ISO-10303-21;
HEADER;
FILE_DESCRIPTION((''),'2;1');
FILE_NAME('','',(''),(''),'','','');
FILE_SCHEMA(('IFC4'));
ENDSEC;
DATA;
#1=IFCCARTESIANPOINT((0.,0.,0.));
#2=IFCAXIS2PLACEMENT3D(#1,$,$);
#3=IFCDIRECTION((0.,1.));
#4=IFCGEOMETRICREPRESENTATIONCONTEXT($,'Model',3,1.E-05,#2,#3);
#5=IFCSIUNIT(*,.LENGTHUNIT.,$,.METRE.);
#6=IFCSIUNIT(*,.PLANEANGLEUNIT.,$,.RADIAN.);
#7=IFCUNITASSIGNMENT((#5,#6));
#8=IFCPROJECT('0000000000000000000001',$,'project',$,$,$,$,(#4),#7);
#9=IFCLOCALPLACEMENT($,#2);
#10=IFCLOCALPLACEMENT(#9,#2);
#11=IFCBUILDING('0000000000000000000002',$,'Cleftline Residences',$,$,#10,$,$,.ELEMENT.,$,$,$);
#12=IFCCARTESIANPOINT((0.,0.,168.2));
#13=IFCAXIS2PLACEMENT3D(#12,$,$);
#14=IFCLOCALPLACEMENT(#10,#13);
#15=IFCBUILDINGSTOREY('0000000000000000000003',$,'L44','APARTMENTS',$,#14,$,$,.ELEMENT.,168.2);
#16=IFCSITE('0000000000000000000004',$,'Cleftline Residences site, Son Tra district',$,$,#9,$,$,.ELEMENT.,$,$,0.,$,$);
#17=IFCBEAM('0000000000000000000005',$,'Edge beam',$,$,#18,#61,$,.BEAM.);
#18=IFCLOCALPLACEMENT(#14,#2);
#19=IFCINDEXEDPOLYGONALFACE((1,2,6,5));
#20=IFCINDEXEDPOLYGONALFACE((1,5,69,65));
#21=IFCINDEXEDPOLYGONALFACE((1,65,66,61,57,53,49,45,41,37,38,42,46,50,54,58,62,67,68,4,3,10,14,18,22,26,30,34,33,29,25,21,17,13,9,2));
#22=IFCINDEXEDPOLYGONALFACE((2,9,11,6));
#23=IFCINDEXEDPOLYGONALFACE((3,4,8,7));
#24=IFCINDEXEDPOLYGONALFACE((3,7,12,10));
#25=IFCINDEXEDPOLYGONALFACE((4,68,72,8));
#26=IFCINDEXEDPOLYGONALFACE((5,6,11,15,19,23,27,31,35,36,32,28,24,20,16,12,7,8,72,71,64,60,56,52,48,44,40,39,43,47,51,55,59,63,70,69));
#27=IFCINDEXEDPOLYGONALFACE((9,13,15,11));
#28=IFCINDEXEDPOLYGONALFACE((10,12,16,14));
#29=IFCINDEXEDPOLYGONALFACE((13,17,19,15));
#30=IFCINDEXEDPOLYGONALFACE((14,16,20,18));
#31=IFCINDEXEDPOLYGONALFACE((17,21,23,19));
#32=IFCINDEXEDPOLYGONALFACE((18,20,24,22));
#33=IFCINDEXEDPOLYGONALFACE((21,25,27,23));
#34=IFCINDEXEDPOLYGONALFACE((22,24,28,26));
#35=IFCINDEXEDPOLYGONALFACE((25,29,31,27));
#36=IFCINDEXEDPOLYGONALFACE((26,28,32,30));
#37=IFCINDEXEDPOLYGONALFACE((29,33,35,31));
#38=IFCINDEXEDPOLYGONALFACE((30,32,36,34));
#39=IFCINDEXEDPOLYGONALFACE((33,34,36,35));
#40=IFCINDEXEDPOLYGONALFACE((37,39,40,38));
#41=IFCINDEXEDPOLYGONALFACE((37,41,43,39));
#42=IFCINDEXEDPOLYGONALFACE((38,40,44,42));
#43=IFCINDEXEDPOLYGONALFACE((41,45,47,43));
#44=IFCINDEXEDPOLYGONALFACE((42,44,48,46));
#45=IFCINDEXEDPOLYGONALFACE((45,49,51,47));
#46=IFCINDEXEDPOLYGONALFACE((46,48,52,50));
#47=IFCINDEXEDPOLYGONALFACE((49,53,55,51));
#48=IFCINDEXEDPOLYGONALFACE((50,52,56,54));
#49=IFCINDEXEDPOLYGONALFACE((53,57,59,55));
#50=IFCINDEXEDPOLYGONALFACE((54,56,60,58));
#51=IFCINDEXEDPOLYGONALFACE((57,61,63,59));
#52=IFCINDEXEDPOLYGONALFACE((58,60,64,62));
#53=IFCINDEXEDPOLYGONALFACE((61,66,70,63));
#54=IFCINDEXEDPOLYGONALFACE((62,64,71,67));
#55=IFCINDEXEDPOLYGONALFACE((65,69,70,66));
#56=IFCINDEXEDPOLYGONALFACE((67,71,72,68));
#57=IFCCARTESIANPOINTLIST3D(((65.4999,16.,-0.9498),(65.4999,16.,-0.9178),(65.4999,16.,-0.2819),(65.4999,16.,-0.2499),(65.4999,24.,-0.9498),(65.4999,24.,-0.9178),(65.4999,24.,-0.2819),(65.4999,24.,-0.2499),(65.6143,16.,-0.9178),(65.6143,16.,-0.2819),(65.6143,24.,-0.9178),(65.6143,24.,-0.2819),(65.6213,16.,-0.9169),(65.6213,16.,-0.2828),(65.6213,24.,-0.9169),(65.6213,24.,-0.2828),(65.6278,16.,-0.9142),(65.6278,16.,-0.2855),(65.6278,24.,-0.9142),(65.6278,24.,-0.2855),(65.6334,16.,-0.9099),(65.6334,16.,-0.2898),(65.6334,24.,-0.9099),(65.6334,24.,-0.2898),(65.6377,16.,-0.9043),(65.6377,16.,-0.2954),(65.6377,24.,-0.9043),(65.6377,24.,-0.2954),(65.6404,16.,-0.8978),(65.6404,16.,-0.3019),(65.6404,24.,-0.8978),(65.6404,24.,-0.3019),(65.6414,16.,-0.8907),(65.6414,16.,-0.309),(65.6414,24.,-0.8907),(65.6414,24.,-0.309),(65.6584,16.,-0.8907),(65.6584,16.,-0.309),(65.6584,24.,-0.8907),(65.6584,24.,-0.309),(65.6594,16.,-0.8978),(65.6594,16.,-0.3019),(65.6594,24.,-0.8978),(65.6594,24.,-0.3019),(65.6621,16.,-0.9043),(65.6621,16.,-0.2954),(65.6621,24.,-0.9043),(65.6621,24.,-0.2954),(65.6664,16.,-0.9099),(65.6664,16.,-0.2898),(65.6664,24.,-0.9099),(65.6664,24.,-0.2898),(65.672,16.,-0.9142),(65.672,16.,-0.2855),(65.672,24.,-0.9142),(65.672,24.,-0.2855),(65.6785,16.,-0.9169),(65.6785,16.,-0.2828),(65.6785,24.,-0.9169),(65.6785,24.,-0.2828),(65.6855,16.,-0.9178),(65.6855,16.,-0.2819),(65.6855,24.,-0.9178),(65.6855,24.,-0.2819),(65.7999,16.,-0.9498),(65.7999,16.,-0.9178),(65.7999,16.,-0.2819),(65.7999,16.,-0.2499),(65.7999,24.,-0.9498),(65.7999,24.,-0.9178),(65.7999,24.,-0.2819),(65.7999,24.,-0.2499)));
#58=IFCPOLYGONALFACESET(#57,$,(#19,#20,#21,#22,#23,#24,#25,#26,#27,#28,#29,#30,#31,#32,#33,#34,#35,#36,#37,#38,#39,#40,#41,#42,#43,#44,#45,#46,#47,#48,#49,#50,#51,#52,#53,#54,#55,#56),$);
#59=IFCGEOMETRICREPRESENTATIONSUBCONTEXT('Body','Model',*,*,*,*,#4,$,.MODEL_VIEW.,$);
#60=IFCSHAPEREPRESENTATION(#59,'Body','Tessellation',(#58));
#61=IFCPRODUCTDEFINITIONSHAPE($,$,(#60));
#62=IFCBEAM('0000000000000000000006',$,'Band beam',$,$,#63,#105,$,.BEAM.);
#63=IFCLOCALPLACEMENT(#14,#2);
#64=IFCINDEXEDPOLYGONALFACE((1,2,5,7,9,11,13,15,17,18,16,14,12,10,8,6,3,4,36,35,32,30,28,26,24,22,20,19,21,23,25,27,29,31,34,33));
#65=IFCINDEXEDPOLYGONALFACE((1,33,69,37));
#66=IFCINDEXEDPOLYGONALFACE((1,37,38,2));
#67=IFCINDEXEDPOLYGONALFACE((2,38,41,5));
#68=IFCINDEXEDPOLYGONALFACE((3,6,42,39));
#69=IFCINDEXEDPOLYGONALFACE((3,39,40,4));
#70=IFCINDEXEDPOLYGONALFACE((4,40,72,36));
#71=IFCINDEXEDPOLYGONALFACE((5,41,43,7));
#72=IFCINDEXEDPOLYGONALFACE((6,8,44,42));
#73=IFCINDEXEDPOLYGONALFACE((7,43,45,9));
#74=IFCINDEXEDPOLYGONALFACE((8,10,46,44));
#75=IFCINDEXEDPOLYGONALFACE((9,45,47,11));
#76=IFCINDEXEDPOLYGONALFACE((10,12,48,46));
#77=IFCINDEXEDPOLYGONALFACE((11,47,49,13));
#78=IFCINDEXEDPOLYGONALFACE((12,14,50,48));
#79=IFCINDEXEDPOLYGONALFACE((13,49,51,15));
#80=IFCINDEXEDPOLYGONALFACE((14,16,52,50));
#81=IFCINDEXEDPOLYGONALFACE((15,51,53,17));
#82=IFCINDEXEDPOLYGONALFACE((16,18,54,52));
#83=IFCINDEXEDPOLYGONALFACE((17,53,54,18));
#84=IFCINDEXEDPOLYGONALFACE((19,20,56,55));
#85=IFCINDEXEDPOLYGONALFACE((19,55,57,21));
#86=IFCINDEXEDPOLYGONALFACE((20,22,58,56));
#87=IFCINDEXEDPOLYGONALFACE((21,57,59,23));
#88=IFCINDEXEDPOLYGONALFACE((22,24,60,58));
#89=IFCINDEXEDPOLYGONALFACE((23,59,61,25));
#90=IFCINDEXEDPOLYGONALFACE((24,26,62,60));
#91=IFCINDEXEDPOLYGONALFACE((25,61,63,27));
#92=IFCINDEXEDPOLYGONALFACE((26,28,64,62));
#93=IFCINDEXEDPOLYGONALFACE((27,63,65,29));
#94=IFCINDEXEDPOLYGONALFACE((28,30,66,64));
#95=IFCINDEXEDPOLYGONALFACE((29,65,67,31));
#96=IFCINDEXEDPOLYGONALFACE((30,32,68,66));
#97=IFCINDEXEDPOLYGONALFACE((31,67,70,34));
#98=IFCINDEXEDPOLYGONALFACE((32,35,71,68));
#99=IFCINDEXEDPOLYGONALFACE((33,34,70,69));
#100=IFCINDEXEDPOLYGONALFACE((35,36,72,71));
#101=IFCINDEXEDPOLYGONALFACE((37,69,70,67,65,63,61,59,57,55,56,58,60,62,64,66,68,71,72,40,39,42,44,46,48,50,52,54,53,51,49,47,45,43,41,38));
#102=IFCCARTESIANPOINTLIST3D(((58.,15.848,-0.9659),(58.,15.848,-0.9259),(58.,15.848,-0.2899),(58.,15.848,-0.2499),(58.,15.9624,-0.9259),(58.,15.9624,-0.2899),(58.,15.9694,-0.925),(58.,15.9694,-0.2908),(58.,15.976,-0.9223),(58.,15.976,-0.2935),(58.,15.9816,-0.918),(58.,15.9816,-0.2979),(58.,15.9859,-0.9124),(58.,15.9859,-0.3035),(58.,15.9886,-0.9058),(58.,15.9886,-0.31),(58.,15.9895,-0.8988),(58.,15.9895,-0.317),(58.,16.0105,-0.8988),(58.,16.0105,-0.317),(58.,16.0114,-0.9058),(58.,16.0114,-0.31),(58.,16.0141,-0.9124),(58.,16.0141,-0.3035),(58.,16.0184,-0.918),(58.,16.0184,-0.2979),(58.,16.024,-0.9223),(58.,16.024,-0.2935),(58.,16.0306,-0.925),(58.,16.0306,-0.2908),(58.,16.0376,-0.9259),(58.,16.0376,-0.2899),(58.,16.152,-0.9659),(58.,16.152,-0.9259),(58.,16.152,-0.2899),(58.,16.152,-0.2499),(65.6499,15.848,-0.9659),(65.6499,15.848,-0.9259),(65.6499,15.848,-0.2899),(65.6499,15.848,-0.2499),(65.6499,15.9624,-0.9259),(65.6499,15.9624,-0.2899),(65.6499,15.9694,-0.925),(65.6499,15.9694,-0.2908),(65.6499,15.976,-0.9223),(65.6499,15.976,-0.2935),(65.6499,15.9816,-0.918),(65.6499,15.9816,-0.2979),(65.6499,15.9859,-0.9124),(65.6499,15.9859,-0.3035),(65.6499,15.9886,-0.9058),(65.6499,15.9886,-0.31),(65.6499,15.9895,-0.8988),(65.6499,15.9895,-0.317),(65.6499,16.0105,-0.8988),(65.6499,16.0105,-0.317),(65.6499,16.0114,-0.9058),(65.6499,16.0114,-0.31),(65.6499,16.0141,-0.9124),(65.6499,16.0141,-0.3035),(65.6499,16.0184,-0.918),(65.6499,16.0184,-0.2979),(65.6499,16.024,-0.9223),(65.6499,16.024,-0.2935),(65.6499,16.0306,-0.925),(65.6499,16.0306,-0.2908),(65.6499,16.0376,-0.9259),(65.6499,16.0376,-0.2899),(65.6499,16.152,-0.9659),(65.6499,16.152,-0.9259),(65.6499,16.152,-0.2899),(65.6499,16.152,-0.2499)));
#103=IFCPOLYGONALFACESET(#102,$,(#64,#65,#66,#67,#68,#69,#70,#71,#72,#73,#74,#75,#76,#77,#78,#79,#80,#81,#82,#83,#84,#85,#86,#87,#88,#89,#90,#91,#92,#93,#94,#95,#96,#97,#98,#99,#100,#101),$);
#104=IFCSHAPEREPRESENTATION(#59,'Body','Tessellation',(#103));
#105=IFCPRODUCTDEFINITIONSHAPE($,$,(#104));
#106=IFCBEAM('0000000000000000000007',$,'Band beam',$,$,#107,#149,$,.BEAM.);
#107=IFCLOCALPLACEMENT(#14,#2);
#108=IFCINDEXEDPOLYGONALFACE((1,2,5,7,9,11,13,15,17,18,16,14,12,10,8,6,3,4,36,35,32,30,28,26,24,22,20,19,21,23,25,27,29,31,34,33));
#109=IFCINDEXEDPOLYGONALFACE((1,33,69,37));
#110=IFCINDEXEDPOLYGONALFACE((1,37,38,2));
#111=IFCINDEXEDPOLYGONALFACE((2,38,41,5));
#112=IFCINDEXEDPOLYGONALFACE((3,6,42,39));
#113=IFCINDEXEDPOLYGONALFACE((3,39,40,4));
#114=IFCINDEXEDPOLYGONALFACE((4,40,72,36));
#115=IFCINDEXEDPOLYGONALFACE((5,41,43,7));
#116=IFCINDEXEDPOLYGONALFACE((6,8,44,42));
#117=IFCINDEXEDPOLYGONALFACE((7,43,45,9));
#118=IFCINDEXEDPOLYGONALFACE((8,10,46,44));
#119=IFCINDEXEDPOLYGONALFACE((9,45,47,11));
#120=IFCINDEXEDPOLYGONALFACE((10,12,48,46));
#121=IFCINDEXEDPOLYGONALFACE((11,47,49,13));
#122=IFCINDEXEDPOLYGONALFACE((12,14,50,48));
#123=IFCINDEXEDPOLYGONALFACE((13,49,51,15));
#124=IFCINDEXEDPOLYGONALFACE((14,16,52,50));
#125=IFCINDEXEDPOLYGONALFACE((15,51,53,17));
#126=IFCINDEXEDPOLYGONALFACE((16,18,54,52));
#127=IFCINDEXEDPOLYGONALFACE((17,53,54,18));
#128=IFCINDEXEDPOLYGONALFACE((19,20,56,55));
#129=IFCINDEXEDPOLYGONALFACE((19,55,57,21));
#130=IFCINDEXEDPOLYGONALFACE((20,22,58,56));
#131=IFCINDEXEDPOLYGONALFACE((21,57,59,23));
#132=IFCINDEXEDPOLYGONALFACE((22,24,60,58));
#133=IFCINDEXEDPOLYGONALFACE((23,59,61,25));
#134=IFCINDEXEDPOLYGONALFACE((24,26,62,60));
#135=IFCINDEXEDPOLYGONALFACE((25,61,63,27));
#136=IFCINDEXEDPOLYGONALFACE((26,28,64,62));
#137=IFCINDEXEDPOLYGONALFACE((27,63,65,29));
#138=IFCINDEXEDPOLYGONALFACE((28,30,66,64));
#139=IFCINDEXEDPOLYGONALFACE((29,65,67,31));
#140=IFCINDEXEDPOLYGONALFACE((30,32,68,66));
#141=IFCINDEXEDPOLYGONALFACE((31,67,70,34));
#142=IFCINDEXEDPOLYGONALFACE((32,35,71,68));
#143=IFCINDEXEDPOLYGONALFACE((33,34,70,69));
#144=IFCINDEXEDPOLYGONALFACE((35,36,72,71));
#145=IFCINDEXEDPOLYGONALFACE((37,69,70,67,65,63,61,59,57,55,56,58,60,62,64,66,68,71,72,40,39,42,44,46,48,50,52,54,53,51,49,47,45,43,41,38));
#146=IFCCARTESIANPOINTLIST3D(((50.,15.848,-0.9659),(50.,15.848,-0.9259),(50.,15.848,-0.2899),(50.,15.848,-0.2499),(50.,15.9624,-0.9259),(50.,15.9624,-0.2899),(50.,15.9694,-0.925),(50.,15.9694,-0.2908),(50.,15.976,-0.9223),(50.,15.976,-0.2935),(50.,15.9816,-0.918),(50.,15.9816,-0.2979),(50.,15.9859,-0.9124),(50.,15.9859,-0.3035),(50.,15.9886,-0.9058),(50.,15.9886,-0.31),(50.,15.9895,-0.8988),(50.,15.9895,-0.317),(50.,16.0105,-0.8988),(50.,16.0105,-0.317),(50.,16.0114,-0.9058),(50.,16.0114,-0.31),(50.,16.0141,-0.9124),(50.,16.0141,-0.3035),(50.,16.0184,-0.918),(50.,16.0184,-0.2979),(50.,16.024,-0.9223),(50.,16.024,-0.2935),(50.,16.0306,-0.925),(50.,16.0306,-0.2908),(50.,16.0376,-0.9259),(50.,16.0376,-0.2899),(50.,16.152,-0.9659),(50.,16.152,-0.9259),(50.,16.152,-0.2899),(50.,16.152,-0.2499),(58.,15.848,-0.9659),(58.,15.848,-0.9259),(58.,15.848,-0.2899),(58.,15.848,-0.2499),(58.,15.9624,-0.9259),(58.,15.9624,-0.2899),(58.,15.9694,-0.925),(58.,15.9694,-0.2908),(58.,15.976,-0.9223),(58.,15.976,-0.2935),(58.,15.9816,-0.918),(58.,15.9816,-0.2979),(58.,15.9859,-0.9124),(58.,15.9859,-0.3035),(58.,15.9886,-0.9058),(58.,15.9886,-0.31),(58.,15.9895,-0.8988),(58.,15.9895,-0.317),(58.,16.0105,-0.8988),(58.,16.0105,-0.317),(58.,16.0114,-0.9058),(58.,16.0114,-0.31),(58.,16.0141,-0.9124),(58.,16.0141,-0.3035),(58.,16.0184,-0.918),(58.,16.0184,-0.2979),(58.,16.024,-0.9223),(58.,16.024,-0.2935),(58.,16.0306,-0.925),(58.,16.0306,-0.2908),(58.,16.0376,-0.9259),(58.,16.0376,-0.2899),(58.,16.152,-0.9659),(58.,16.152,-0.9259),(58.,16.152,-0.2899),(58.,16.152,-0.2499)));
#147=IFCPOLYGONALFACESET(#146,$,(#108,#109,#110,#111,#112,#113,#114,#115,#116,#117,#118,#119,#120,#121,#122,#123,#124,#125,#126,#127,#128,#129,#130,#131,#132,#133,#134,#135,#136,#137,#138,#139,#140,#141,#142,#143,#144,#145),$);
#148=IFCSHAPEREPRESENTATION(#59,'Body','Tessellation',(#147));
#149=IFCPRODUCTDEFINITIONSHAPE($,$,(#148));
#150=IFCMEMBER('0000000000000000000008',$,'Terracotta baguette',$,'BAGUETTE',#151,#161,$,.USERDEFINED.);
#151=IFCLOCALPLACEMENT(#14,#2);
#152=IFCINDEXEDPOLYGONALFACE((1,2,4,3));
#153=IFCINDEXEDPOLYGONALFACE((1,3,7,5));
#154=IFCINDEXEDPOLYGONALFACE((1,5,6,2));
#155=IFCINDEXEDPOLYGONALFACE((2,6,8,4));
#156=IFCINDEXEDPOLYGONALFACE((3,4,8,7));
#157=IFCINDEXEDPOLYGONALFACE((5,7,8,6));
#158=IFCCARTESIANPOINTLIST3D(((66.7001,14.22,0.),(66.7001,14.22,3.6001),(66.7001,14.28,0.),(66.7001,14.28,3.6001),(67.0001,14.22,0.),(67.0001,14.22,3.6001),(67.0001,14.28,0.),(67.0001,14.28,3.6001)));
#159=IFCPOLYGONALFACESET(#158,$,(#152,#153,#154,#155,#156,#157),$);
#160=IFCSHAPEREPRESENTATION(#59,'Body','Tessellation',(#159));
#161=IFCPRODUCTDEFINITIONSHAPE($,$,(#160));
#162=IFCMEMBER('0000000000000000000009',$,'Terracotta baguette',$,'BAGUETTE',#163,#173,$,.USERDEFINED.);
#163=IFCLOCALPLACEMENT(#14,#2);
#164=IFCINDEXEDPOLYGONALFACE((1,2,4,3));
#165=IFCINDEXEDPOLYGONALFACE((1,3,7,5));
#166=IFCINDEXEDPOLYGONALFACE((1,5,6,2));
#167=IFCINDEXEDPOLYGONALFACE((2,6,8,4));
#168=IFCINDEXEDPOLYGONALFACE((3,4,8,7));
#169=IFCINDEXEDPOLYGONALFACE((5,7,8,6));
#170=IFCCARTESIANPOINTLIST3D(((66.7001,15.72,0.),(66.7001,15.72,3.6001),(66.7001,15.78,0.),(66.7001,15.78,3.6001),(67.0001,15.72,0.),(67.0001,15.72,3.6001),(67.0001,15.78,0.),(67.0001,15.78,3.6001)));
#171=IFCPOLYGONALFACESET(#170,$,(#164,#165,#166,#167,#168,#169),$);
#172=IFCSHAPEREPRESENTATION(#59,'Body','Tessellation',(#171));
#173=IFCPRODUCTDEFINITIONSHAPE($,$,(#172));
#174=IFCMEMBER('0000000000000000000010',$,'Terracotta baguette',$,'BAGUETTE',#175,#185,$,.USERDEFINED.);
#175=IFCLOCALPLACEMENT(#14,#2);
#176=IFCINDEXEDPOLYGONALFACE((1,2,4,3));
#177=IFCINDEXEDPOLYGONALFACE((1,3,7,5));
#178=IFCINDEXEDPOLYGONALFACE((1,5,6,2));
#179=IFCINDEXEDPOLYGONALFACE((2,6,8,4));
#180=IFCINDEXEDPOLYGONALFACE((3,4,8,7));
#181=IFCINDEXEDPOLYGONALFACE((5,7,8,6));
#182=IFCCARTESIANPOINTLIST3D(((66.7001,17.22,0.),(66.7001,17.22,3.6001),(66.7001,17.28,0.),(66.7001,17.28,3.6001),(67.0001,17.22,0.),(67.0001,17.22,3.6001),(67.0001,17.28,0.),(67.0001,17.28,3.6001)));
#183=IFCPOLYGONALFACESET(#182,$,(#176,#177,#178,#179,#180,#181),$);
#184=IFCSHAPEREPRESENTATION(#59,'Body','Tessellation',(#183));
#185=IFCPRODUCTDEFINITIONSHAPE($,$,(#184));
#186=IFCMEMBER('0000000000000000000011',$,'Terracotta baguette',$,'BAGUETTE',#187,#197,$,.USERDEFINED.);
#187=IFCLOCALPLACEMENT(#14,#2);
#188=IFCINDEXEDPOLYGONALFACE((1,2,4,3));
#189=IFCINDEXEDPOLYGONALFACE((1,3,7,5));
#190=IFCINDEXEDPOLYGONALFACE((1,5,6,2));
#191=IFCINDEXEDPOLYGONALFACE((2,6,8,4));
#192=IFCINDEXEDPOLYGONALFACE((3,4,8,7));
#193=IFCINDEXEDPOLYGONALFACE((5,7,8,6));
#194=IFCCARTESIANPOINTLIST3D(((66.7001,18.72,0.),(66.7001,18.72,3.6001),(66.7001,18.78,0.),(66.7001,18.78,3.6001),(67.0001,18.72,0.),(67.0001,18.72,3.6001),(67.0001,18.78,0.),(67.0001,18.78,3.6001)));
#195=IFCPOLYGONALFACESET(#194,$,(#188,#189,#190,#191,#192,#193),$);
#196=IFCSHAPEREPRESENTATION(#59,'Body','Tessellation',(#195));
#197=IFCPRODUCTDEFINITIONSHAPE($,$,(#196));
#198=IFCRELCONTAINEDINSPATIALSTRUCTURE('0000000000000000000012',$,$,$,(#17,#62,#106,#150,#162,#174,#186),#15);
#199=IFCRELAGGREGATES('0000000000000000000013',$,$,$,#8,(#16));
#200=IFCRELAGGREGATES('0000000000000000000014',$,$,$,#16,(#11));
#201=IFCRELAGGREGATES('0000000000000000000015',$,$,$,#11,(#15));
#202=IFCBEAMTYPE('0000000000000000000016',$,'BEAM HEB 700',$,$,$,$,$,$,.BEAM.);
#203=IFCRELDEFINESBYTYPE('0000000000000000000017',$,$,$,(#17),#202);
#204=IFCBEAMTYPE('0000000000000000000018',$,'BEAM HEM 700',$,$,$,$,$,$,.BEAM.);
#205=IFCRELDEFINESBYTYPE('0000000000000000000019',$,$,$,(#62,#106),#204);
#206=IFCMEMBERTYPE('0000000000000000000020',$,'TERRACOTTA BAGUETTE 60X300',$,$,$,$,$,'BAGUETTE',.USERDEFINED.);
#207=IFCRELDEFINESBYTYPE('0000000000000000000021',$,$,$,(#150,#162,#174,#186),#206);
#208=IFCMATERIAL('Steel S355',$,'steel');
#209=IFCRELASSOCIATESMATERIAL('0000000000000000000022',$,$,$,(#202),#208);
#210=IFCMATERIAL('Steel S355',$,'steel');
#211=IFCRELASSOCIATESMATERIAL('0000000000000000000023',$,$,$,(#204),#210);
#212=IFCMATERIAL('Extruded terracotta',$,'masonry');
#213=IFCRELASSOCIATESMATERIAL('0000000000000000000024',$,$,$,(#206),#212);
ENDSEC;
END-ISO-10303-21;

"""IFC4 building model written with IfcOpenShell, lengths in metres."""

from ifc_helpers import new_model, si_unit, direction, frame, origin, origin_2d, place, context, subcontext, project, spatial, rectangle, i_section, extrude, material, material_profile, profile_set, type_object, element, save


model = new_model("IFC4")

# Units and contexts
model_context = context("Model", 3, precision=1e-05, world=origin(), true_north=direction((0.0, 1.0)))
body_context = subcontext(model_context, "Body", "Model", "MODEL_VIEW")
ifc_project = project(units=[si_unit("LENGTHUNIT", "METRE"), si_unit("PLANEANGLEUNIT", "RADIAN")], contexts=[model_context])

# Site, building, storey
site_placement = place(None, origin())
site = spatial("IfcSite", under=ifc_project, at=site_placement, Name="Cleftline Residences site, Son Tra district", CompositionType="ELEMENT", RefElevation=0.0)
building_placement = place(site_placement, origin())
building = spatial("IfcBuilding", under=site, at=building_placement, Name="Cleftline Residences", CompositionType="ELEMENT")
storey_placement = place(building_placement, frame((0.0, 0.0, 168.2)))
storey = spatial("IfcBuildingStorey", under=building, at=storey_placement, Name="L44", Description="APARTMENTS", CompositionType="ELEMENT", Elevation=168.2)

# Beams
ifc_material_1 = material(Name="Steel S355", Category="steel")
ifc_material_profile_1 = material_profile(ifc_material_1, i_section(OverallWidth=0.3, OverallDepth=0.7, WebThickness=0.0171, FlangeThickness=0.032, FilletRadius=0.0271, at=origin_2d()))
ifc_profile_set_1 = profile_set([ifc_material_profile_1], Name="Steel S355")
beam_type_1 = type_object("IfcBeamType", Name="BEAM HEB 700", PredefinedType="BEAM", material=ifc_profile_set_1)
beam_1_placement = place(storey_placement, frame((65.6499, 16.0, -0.5999), z_axis=(0.0, 1.0, 0.0), x_axis=(-1.0, 0.0, 0.0)))
element("IfcBeam", 1, at=beam_1_placement, inside=storey, type_object=beam_type_1, Name="Edge beam", PredefinedType="BEAM", context=body_context, shape_type="SweptSolid", body=[
    extrude(i_section(OverallWidth=0.3, OverallDepth=0.7, WebThickness=0.0171, FlangeThickness=0.032, FilletRadius=0.0271, at=origin_2d()), origin(), (0.0, 0.0, 1.0), 8.0),
])
ifc_material_2 = material(Name="Steel S355", Category="steel")
ifc_material_profile_2 = material_profile(ifc_material_2, i_section(OverallWidth=0.304, OverallDepth=0.7161, WebThickness=0.021, FlangeThickness=0.04, FilletRadius=0.0271, at=origin_2d()))
ifc_profile_set_2 = profile_set([ifc_material_profile_2], Name="Steel S355")
beam_type_2 = type_object("IfcBeamType", Name="BEAM HEM 700", PredefinedType="BEAM", material=ifc_profile_set_2)
beam_2_placement = place(storey_placement, frame((65.6499, 16.0, -0.6079), z_axis=(-1.0, 0.0, 0.0), x_axis=(0.0, -1.0, 0.0)))
element("IfcBeam", 2, at=beam_2_placement, inside=storey, type_object=beam_type_2, Name="Band beam", PredefinedType="BEAM", context=body_context, shape_type="SweptSolid", body=[
    extrude(i_section(OverallWidth=0.304, OverallDepth=0.7161, WebThickness=0.021, FlangeThickness=0.04, FilletRadius=0.0271, at=origin_2d()), origin(), (0.0, 0.0, 1.0), 7.6499),
])
beam_3_placement = place(storey_placement, frame((58.0, 16.0, -0.6079), z_axis=(-1.0, 0.0, 0.0), x_axis=(0.0, -1.0, 0.0)))
element("IfcBeam", 3, at=beam_3_placement, inside=storey, type_object=beam_type_2, Name="Band beam", PredefinedType="BEAM", context=body_context, shape_type="SweptSolid", body=[
    extrude(i_section(OverallWidth=0.304, OverallDepth=0.7161, WebThickness=0.021, FlangeThickness=0.04, FilletRadius=0.0271, at=origin_2d()), origin(), (0.0, 0.0, 1.0), 8.0),
])

# Members
ifc_material_3 = material(Name="Extruded terracotta", Category="masonry")
ifc_material_profile_3 = material_profile(ifc_material_3, rectangle(XDim=0.0601, YDim=0.3, at=origin_2d()))
ifc_profile_set_3 = profile_set([ifc_material_profile_3], Name="Extruded terracotta")
member_type_1 = type_object("IfcMemberType", Name="TERRACOTTA BAGUETTE 60X300", ElementType="BAGUETTE", PredefinedType="USERDEFINED", material=ifc_profile_set_3)
for number, where, z_axis, x_axis, name in (
    (4, (66.8501, 14.25, 0.0), (0.0, 0.0, 1.0), (0.0, 1.0, 0.0), "Terracotta baguette"),
    (5, (66.8501, 15.75, 0.0), (0.0, 0.0, 1.0), (0.0, 1.0, 0.0), "Terracotta baguette"),
    (6, (66.8501, 17.25, 0.0), (0.0, 0.0, 1.0), (0.0, 1.0, 0.0), "Terracotta baguette"),
    (7, (66.8501, 18.75, 0.0), (0.0, 0.0, 1.0), (0.0, 1.0, 0.0), "Terracotta baguette"),
):
    element("IfcMember", number, at=place(storey_placement, frame(where, z_axis=z_axis, x_axis=x_axis)), inside=storey, type_object=member_type_1, Name=name, ObjectType="BAGUETTE", PredefinedType="USERDEFINED", context=body_context, shape_type="SweptSolid", body=[
        extrude(rectangle(XDim=0.0601, YDim=0.3, at=origin_2d()), origin(), (0.0, 0.0, 1.0), 3.6001),
    ])

save(model, "model.ifc")
